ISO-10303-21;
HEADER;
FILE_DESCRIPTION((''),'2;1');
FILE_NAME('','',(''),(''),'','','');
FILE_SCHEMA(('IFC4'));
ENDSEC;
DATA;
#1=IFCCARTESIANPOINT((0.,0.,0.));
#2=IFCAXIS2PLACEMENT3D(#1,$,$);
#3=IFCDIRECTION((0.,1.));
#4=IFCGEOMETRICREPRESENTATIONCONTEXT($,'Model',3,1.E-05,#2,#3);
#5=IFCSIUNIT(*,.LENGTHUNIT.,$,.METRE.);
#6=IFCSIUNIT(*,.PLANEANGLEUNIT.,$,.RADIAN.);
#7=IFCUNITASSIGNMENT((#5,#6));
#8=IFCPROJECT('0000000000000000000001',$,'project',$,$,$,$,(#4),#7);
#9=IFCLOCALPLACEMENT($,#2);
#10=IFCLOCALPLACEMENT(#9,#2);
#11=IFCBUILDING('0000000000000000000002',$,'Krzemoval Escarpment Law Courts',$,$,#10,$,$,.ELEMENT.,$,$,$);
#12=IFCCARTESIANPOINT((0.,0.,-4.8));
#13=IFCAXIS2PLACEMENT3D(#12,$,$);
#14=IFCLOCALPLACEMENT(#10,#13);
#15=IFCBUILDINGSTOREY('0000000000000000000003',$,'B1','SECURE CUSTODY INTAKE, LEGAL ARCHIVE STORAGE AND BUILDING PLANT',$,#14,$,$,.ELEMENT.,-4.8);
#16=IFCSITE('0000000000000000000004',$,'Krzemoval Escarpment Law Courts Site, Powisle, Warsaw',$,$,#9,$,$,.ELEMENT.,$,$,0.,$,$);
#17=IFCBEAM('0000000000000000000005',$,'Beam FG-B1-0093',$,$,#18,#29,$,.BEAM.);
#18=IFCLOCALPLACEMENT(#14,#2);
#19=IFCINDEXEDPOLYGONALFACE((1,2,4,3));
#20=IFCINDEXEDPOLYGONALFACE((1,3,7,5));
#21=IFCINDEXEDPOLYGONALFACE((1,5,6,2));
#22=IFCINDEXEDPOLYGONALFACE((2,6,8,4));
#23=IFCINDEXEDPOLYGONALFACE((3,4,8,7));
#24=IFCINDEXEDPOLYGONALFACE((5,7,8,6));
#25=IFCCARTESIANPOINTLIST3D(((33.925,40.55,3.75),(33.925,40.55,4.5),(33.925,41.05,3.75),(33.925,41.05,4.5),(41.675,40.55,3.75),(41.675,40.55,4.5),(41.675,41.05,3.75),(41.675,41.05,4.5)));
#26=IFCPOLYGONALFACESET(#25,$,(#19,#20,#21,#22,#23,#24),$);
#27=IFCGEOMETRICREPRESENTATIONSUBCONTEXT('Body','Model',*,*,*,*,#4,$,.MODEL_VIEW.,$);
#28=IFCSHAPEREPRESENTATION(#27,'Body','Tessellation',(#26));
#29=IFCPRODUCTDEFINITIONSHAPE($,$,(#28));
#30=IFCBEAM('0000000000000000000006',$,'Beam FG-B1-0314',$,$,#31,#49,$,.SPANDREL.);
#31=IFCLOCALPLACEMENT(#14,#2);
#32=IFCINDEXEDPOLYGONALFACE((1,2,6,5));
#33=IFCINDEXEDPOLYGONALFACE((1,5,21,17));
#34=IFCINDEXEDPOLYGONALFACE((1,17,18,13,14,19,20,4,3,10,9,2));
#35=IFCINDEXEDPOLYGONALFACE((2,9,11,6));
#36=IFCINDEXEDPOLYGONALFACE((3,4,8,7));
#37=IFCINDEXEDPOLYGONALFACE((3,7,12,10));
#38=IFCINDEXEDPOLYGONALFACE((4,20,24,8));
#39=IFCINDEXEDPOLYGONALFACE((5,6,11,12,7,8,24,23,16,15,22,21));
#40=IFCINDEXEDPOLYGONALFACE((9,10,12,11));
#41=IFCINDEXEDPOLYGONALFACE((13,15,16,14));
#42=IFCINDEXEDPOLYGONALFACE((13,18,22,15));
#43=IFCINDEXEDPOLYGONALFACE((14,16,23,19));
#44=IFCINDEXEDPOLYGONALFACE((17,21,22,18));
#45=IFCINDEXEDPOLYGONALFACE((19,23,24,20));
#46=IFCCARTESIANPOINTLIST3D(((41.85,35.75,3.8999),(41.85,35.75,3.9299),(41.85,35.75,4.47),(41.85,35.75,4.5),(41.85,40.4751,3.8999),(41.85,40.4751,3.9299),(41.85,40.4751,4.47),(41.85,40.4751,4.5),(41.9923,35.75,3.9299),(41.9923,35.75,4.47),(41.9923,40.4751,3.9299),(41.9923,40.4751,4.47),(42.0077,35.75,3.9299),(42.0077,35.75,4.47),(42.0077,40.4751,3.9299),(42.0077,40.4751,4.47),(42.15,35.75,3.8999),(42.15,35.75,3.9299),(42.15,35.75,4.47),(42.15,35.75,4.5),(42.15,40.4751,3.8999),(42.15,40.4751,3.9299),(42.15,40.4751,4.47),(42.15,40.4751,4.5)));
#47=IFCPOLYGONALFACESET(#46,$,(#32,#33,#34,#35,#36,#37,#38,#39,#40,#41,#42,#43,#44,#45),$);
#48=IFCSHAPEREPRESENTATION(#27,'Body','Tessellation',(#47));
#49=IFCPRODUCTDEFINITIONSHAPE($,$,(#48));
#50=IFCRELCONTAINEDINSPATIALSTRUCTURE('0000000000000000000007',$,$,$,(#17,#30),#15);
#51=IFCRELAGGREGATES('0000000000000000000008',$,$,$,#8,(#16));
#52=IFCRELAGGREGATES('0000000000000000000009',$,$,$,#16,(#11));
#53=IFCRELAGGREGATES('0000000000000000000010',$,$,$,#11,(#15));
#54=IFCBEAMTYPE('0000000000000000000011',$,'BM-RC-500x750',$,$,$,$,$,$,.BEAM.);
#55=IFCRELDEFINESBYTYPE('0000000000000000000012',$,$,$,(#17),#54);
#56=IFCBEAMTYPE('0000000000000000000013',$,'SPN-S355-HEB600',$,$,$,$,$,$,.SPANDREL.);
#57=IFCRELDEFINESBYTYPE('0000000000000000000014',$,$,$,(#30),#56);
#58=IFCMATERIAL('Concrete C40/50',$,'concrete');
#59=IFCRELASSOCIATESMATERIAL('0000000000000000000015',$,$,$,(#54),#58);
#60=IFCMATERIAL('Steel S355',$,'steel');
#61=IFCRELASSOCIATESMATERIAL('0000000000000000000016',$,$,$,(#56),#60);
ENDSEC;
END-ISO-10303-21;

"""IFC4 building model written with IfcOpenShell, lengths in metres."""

from ifc_helpers import new_model, si_unit, direction, frame, origin, origin_2d, place, context, subcontext, project, spatial, rectangle, i_section, extrude, material, material_profile, profile_set, type_object, element, save


model = new_model("IFC4")

# Units and contexts
model_context = context("Model", 3, precision=1e-05, world=origin(), true_north=direction((0.0, 1.0)))
body_context = subcontext(model_context, "Body", "Model", "MODEL_VIEW")
ifc_project = project(units=[si_unit("LENGTHUNIT", "METRE"), si_unit("PLANEANGLEUNIT", "RADIAN")], contexts=[model_context])

# Site, building, storey
site_placement = place(None, origin())
site = spatial("IfcSite", under=ifc_project, at=site_placement, Name="Krzemoval Escarpment Law Courts Site, Powisle, Warsaw", CompositionType="ELEMENT", RefElevation=0.0)
building_placement = place(site_placement, origin())
building = spatial("IfcBuilding", under=site, at=building_placement, Name="Krzemoval Escarpment Law Courts", CompositionType="ELEMENT")
storey_placement = place(building_placement, frame((0.0, 0.0, -4.8)))
storey = spatial("IfcBuildingStorey", under=building, at=storey_placement, Name="B1", Description="SECURE CUSTODY INTAKE, LEGAL ARCHIVE STORAGE AND BUILDING PLANT", CompositionType="ELEMENT", Elevation=-4.8)

# Beams
ifc_material_1 = material(Name="Concrete C40/50", Category="concrete")
ifc_material_profile_1 = material_profile(ifc_material_1, rectangle(XDim=0.5, YDim=0.75, at=origin_2d()), Name="RCB 500x750")
ifc_profile_set_1 = profile_set([ifc_material_profile_1], Name="Concrete C40/50")
beam_type_1 = type_object("IfcBeamType", Name="BM-RC-500x750", PredefinedType="BEAM", material=ifc_profile_set_1)
beam_1_placement = place(storey_placement, frame((33.925, 40.8, 4.125), z_axis=(1.0, 0.0, 0.0), x_axis=(0.0, 1.0, 0.0)))
element("IfcBeam", 1, at=beam_1_placement, inside=storey, type_object=beam_type_1, Name="Beam FG-B1-0093", PredefinedType="BEAM", context=body_context, shape_type="SweptSolid", body=[
    extrude(rectangle(XDim=0.5, YDim=0.75, at=origin_2d()), origin(), (0.0, 0.0, 1.0), 7.75),
])
ifc_material_2 = material(Name="Steel S355", Category="steel")
ifc_material_profile_2 = material_profile(ifc_material_2, i_section(OverallWidth=0.3, OverallDepth=0.6001, WebThickness=0.0154, FlangeThickness=0.03, at=origin_2d()), Name="HEB 600")
ifc_profile_set_2 = profile_set([ifc_material_profile_2], Name="Steel S355")
beam_type_2 = type_object("IfcBeamType", Name="SPN-S355-HEB600", PredefinedType="SPANDREL", material=ifc_profile_set_2)
beam_2_placement = place(storey_placement, frame((42.0, 35.75, 4.2), z_axis=(0.0, 1.0, 0.0), x_axis=(-1.0, 0.0, 0.0)))
element("IfcBeam", 2, at=beam_2_placement, inside=storey, type_object=beam_type_2, Name="Beam FG-B1-0314", PredefinedType="SPANDREL", context=body_context, shape_type="SweptSolid", body=[
    extrude(i_section(OverallWidth=0.3, OverallDepth=0.6001, WebThickness=0.0154, FlangeThickness=0.03, at=origin_2d()), origin(), (0.0, 0.0, 1.0), 4.7251),
])

save(model, "model.ifc")
